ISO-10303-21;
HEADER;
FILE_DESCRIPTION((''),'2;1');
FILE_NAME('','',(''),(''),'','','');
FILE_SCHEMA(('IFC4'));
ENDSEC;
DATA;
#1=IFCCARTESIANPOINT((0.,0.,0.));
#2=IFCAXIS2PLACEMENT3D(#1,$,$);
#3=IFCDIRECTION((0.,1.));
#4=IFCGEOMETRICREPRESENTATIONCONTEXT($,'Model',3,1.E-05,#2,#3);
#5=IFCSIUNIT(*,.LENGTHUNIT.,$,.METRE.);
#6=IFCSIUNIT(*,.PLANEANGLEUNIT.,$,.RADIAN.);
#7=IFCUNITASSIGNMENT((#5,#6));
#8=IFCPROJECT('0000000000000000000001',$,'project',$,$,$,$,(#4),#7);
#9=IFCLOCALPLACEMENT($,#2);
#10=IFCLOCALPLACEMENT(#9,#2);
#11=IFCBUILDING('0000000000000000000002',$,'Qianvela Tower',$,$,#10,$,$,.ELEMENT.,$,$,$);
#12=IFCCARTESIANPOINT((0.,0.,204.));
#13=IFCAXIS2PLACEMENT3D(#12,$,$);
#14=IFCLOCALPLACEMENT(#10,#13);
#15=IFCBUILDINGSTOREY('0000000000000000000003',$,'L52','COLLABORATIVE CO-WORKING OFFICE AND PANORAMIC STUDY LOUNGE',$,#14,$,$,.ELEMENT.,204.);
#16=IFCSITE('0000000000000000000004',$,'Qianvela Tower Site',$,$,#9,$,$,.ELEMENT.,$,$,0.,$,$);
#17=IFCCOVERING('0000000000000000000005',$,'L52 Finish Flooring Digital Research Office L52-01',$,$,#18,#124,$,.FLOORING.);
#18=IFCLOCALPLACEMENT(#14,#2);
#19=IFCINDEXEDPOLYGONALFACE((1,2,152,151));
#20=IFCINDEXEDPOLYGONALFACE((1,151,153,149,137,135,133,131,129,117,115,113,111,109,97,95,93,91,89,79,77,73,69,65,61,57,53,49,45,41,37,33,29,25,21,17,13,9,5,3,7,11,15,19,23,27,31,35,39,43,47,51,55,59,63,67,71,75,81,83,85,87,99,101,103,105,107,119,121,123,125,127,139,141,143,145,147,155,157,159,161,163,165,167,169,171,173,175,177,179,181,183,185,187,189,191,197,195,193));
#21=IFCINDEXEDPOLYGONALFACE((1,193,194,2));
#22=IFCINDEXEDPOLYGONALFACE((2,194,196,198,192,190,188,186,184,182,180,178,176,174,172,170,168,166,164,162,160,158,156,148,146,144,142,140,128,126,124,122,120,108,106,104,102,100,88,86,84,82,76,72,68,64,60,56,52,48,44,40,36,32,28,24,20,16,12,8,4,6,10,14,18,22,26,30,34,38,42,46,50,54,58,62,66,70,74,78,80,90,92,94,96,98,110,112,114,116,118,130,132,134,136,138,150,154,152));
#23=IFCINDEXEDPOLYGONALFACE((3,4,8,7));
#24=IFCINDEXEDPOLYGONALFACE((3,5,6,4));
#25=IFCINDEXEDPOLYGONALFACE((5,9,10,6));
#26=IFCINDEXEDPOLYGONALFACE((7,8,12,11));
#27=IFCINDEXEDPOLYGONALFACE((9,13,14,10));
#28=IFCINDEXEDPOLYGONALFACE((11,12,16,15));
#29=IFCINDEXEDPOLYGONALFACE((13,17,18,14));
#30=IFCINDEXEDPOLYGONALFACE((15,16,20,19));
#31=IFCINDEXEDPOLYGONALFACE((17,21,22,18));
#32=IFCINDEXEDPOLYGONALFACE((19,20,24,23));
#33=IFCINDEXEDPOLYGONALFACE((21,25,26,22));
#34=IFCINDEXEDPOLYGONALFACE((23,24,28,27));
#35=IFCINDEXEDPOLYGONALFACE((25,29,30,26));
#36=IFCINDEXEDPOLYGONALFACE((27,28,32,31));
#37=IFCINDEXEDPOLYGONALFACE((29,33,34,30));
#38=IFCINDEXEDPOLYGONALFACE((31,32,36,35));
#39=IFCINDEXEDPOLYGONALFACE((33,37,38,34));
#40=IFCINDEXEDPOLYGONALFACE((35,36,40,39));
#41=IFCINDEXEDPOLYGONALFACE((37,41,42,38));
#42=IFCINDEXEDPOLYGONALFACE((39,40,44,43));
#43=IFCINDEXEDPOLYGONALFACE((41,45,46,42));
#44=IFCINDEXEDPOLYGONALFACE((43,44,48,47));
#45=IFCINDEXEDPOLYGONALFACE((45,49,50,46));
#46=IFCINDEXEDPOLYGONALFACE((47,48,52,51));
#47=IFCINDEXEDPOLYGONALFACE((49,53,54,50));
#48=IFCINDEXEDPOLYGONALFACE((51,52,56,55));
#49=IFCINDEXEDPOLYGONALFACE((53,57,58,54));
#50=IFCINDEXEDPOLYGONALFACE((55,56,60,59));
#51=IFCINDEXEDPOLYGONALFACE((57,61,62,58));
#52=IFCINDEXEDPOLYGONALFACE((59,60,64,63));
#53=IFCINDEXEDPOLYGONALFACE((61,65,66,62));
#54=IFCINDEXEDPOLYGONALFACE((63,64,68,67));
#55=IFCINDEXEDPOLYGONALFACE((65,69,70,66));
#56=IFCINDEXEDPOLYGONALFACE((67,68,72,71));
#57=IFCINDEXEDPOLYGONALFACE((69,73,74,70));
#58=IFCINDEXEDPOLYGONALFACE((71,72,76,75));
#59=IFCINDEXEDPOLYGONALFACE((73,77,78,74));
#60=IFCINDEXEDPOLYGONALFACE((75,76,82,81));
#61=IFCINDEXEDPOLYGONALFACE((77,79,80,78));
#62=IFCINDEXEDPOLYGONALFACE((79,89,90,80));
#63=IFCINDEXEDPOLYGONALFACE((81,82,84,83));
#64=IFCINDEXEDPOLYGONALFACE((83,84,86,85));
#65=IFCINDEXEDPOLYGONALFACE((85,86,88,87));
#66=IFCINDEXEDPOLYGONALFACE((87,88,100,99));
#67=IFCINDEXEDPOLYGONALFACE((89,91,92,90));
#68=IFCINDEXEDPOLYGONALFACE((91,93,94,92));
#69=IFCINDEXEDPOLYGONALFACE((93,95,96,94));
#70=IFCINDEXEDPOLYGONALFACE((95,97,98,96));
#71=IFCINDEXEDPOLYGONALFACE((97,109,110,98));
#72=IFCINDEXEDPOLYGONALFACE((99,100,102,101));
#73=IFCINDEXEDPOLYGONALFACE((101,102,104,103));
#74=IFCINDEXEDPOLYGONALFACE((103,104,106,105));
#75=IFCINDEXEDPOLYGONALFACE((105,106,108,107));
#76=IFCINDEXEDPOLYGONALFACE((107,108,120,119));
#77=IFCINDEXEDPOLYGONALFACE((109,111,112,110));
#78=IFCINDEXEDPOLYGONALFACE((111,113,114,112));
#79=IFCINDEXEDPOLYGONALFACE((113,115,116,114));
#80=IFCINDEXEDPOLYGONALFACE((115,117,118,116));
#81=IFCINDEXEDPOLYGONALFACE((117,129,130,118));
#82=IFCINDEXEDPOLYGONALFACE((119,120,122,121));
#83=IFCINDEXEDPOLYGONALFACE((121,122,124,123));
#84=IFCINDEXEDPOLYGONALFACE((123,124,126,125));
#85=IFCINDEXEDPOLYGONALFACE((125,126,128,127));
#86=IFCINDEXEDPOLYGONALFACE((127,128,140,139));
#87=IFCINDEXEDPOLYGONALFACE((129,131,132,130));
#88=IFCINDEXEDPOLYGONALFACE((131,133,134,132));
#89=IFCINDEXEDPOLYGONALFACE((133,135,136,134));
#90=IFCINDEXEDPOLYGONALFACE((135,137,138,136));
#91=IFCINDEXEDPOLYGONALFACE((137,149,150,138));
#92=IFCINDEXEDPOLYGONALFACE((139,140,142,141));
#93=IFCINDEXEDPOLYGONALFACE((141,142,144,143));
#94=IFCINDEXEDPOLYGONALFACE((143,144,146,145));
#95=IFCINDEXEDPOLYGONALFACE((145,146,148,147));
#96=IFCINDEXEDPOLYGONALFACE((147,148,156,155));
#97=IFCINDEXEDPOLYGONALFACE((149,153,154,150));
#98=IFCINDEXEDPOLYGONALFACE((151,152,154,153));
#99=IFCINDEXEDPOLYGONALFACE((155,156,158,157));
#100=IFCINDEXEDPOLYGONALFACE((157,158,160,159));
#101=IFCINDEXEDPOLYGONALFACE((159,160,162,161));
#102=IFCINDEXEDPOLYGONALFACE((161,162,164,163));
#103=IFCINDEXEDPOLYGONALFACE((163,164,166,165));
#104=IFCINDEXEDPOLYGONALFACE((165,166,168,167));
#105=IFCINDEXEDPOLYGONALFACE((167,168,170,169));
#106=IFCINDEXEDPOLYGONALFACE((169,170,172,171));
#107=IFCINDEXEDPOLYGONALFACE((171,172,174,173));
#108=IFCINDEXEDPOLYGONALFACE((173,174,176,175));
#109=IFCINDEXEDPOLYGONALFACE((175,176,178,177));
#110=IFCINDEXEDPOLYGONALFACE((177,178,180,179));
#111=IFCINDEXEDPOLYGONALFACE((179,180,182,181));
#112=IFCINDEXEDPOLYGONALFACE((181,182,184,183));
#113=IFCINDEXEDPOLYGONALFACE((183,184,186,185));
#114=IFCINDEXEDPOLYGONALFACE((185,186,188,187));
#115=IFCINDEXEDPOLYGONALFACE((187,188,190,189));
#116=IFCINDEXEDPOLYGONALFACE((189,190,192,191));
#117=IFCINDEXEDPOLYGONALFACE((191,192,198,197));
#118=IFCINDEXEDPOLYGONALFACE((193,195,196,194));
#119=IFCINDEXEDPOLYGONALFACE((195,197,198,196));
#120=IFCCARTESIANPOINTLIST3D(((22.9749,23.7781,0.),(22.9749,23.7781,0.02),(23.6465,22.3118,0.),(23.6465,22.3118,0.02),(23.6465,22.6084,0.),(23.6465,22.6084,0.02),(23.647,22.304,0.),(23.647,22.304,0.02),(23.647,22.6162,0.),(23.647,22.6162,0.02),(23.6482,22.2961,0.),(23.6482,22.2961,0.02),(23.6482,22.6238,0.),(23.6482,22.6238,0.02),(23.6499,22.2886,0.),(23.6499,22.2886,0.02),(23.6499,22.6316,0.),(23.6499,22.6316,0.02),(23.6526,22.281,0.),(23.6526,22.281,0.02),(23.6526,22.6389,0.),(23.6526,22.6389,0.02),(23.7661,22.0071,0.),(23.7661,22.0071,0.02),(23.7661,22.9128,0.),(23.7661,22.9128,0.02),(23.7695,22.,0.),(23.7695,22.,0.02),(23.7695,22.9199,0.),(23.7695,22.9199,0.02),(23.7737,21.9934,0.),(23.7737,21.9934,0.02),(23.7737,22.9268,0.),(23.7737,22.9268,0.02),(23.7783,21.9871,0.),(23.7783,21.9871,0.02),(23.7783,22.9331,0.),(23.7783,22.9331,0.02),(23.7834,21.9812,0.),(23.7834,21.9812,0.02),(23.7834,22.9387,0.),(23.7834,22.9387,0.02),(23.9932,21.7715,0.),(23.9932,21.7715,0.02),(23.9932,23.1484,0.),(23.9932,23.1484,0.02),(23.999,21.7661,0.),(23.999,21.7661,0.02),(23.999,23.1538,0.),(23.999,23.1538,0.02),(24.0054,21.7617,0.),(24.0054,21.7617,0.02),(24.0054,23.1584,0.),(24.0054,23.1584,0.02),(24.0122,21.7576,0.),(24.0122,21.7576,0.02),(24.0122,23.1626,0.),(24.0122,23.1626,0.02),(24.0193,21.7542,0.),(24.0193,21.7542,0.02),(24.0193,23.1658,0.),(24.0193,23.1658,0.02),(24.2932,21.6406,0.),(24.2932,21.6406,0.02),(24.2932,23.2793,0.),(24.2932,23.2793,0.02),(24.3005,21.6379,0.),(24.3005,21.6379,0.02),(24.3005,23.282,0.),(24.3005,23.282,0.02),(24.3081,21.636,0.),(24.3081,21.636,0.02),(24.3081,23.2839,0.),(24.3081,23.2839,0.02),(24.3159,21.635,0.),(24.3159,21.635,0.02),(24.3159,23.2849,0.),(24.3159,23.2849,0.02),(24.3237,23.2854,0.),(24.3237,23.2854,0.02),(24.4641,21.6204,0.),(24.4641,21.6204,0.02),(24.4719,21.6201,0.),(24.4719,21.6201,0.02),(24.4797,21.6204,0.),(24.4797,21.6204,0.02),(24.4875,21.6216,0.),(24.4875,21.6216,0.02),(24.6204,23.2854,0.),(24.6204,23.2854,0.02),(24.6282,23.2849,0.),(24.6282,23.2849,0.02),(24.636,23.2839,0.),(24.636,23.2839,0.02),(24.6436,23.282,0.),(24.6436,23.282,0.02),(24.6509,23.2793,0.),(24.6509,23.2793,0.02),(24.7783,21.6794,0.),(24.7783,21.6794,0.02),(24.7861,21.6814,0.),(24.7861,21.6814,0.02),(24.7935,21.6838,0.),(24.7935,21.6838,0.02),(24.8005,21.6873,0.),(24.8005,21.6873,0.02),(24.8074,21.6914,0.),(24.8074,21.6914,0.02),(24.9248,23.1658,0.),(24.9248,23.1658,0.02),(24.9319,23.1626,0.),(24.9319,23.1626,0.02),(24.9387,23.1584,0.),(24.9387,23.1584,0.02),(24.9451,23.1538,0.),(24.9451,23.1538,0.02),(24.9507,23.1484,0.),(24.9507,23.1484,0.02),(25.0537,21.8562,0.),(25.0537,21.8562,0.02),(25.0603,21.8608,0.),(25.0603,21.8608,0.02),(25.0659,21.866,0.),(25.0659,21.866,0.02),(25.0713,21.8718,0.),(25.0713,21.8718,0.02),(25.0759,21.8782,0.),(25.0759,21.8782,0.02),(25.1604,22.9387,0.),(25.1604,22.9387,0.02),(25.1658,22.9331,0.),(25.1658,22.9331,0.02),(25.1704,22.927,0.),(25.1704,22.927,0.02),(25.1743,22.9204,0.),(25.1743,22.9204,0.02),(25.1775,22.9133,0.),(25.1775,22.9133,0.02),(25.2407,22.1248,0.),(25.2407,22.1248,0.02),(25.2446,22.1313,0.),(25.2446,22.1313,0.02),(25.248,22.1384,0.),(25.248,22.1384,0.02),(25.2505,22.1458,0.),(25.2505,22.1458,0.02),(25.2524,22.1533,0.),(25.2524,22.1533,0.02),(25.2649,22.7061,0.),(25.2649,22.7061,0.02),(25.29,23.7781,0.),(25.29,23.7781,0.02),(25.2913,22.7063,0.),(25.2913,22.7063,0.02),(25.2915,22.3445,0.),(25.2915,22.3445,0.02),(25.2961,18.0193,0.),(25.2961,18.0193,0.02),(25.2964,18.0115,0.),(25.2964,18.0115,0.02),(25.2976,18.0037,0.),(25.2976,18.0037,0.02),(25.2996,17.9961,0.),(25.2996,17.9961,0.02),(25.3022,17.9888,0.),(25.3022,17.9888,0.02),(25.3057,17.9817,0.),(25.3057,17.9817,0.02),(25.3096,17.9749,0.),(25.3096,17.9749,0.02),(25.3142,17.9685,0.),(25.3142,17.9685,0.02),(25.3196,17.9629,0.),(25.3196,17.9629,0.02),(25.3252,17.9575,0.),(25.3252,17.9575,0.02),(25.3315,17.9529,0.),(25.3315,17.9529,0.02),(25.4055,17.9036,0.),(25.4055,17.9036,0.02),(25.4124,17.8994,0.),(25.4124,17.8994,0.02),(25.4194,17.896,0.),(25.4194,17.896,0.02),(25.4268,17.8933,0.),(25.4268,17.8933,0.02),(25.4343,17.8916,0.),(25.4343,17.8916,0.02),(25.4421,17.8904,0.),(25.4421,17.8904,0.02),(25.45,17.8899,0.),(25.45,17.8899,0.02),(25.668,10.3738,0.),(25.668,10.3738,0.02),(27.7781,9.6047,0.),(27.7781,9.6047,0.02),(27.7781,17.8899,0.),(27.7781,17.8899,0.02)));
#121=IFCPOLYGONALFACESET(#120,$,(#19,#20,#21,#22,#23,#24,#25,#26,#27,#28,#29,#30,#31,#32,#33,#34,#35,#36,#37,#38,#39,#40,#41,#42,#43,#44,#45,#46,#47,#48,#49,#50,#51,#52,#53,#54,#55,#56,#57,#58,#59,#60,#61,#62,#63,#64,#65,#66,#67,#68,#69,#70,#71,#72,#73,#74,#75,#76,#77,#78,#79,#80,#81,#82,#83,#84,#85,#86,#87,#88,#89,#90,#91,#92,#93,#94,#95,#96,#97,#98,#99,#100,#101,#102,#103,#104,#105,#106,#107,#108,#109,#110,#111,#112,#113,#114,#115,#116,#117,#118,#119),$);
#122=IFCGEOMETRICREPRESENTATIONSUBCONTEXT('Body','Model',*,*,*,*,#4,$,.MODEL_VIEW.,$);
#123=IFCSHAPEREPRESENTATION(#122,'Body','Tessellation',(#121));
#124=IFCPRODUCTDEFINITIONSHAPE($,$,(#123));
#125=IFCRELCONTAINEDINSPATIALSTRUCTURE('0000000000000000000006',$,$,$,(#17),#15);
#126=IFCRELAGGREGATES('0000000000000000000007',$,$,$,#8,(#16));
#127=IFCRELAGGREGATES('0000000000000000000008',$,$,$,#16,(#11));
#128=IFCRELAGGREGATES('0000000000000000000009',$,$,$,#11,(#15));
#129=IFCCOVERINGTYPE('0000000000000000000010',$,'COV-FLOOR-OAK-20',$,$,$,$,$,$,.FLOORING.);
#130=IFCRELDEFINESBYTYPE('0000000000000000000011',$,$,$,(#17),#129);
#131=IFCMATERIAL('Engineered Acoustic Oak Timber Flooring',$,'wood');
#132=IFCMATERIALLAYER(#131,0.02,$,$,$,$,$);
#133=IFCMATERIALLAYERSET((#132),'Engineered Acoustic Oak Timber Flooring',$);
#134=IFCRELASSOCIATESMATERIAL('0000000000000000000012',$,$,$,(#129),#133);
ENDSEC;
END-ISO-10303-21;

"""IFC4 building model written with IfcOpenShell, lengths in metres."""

from ifc_helpers import new_model, si_unit, direction, frame, origin, place, context, subcontext, project, spatial, polyline, outline, extrude, material, layer, layer_set, type_object, element, save


model = new_model("IFC4")

# Units and contexts
model_context = context("Model", 3, precision=1e-05, world=origin(), true_north=direction((0.0, 1.0)))
body_context = subcontext(model_context, "Body", "Model", "MODEL_VIEW")
ifc_project = project(units=[si_unit("LENGTHUNIT", "METRE"), si_unit("PLANEANGLEUNIT", "RADIAN")], contexts=[model_context])

# Site, building, storey
site_placement = place(None, origin())
site = spatial("IfcSite", under=ifc_project, at=site_placement, Name="Qianvela Tower Site", CompositionType="ELEMENT", RefElevation=0.0)
building_placement = place(site_placement, origin())
building = spatial("IfcBuilding", under=site, at=building_placement, Name="Qianvela Tower", CompositionType="ELEMENT")
storey_placement = place(building_placement, frame((0.0, 0.0, 204.0)))
storey = spatial("IfcBuildingStorey", under=building, at=storey_placement, Name="L52", Description="COLLABORATIVE CO-WORKING OFFICE AND PANORAMIC STUDY LOUNGE", CompositionType="ELEMENT", Elevation=204.0)

# Covering
ifc_material_1 = material(Name="Engineered Acoustic Oak Timber Flooring", Category="wood")
ifc_layer_1 = layer(ifc_material_1, 0.02)
ifc_layer_set_1 = layer_set([ifc_layer_1], Name="Engineered Acoustic Oak Timber Flooring")
covering_type_1 = type_object("IfcCoveringType", Name="COV-FLOOR-OAK-20", PredefinedType="FLOORING", material=ifc_layer_set_1)
covering_1_placement = place(storey_placement, origin())
element("IfcCovering", 1, at=covering_1_placement, inside=storey, type_object=covering_type_1, Name="L52 Finish Flooring Digital Research Office L52-01", PredefinedType="FLOORING", context=body_context, shape_type="SweptSolid", body=[
    extrude(outline(polyline([(25.2913, 22.7063), (25.2649, 22.7061), (25.1775, 22.9133), (25.1743, 22.9204), (25.1704, 22.927), (25.1658, 22.9331), (25.1604, 22.9387), (24.9507, 23.1484), (24.9451, 23.1538), (24.9387, 23.1584), (24.9319, 23.1626), (24.9248, 23.1658), (24.6509, 23.2793), (24.6436, 23.282), (24.636, 23.2839), (24.6282, 23.2849), (24.6204, 23.2854), (24.3237, 23.2854), (24.3159, 23.2849), (24.3081, 23.2839), (24.3005, 23.282), (24.2932, 23.2793), (24.0193, 23.1658), (24.0122, 23.1626), (24.0054, 23.1584), (23.999, 23.1538), (23.9932, 23.1484), (23.7834, 22.9387), (23.7783, 22.9331), (23.7737, 22.9268), (23.7695, 22.9199), (23.7661, 22.9128), (23.6526, 22.6389), (23.6499, 22.6316), (23.6482, 22.6238), (23.647, 22.6162), (23.6465, 22.6084), (23.6465, 22.3118), (23.647, 22.304), (23.6482, 22.2961), (23.6499, 22.2886), (23.6526, 22.281), (23.7661, 22.0071), (23.7695, 22.0), (23.7737, 21.9934), (23.7783, 21.9871), (23.7834, 21.9812), (23.9932, 21.7715), (23.999, 21.7661), (24.0054, 21.7617), (24.0122, 21.7576), (24.0193, 21.7542), (24.2932, 21.6406), (24.3005, 21.6379), (24.3081, 21.636), (24.3159, 21.635), (24.4641, 21.6204), (24.4719, 21.6201), (24.4797, 21.6204), (24.4875, 21.6216), (24.7783, 21.6794), (24.7861, 21.6814), (24.7935, 21.6838), (24.8005, 21.6873), (24.8074, 21.6914), (25.0537, 21.8562), (25.0603, 21.8608), (25.0659, 21.866), (25.0713, 21.8718), (25.0759, 21.8782), (25.2407, 22.1248), (25.2446, 22.1313), (25.248, 22.1384), (25.2505, 22.1458), (25.2524, 22.1533), (25.2915, 22.3445), (25.2961, 18.0193), (25.2964, 18.0115), (25.2976, 18.0037), (25.2996, 17.9961), (25.3022, 17.9888), (25.3057, 17.9817), (25.3096, 17.9749), (25.3142, 17.9685), (25.3196, 17.9629), (25.3252, 17.9575), (25.3315, 17.9529), (25.4055, 17.9036), (25.4124, 17.8994), (25.4194, 17.896), (25.4268, 17.8933), (25.4343, 17.8916), (25.4421, 17.8904), (25.45, 17.8899), (27.7781, 17.8899), (27.7781, 9.6047), (25.668, 10.3738), (22.9749, 23.7781), (25.29, 23.7781), (25.2913, 22.7063)])), origin(), (0.0, 0.0, 1.0), 0.02),
])

save(model, "model.ifc")
